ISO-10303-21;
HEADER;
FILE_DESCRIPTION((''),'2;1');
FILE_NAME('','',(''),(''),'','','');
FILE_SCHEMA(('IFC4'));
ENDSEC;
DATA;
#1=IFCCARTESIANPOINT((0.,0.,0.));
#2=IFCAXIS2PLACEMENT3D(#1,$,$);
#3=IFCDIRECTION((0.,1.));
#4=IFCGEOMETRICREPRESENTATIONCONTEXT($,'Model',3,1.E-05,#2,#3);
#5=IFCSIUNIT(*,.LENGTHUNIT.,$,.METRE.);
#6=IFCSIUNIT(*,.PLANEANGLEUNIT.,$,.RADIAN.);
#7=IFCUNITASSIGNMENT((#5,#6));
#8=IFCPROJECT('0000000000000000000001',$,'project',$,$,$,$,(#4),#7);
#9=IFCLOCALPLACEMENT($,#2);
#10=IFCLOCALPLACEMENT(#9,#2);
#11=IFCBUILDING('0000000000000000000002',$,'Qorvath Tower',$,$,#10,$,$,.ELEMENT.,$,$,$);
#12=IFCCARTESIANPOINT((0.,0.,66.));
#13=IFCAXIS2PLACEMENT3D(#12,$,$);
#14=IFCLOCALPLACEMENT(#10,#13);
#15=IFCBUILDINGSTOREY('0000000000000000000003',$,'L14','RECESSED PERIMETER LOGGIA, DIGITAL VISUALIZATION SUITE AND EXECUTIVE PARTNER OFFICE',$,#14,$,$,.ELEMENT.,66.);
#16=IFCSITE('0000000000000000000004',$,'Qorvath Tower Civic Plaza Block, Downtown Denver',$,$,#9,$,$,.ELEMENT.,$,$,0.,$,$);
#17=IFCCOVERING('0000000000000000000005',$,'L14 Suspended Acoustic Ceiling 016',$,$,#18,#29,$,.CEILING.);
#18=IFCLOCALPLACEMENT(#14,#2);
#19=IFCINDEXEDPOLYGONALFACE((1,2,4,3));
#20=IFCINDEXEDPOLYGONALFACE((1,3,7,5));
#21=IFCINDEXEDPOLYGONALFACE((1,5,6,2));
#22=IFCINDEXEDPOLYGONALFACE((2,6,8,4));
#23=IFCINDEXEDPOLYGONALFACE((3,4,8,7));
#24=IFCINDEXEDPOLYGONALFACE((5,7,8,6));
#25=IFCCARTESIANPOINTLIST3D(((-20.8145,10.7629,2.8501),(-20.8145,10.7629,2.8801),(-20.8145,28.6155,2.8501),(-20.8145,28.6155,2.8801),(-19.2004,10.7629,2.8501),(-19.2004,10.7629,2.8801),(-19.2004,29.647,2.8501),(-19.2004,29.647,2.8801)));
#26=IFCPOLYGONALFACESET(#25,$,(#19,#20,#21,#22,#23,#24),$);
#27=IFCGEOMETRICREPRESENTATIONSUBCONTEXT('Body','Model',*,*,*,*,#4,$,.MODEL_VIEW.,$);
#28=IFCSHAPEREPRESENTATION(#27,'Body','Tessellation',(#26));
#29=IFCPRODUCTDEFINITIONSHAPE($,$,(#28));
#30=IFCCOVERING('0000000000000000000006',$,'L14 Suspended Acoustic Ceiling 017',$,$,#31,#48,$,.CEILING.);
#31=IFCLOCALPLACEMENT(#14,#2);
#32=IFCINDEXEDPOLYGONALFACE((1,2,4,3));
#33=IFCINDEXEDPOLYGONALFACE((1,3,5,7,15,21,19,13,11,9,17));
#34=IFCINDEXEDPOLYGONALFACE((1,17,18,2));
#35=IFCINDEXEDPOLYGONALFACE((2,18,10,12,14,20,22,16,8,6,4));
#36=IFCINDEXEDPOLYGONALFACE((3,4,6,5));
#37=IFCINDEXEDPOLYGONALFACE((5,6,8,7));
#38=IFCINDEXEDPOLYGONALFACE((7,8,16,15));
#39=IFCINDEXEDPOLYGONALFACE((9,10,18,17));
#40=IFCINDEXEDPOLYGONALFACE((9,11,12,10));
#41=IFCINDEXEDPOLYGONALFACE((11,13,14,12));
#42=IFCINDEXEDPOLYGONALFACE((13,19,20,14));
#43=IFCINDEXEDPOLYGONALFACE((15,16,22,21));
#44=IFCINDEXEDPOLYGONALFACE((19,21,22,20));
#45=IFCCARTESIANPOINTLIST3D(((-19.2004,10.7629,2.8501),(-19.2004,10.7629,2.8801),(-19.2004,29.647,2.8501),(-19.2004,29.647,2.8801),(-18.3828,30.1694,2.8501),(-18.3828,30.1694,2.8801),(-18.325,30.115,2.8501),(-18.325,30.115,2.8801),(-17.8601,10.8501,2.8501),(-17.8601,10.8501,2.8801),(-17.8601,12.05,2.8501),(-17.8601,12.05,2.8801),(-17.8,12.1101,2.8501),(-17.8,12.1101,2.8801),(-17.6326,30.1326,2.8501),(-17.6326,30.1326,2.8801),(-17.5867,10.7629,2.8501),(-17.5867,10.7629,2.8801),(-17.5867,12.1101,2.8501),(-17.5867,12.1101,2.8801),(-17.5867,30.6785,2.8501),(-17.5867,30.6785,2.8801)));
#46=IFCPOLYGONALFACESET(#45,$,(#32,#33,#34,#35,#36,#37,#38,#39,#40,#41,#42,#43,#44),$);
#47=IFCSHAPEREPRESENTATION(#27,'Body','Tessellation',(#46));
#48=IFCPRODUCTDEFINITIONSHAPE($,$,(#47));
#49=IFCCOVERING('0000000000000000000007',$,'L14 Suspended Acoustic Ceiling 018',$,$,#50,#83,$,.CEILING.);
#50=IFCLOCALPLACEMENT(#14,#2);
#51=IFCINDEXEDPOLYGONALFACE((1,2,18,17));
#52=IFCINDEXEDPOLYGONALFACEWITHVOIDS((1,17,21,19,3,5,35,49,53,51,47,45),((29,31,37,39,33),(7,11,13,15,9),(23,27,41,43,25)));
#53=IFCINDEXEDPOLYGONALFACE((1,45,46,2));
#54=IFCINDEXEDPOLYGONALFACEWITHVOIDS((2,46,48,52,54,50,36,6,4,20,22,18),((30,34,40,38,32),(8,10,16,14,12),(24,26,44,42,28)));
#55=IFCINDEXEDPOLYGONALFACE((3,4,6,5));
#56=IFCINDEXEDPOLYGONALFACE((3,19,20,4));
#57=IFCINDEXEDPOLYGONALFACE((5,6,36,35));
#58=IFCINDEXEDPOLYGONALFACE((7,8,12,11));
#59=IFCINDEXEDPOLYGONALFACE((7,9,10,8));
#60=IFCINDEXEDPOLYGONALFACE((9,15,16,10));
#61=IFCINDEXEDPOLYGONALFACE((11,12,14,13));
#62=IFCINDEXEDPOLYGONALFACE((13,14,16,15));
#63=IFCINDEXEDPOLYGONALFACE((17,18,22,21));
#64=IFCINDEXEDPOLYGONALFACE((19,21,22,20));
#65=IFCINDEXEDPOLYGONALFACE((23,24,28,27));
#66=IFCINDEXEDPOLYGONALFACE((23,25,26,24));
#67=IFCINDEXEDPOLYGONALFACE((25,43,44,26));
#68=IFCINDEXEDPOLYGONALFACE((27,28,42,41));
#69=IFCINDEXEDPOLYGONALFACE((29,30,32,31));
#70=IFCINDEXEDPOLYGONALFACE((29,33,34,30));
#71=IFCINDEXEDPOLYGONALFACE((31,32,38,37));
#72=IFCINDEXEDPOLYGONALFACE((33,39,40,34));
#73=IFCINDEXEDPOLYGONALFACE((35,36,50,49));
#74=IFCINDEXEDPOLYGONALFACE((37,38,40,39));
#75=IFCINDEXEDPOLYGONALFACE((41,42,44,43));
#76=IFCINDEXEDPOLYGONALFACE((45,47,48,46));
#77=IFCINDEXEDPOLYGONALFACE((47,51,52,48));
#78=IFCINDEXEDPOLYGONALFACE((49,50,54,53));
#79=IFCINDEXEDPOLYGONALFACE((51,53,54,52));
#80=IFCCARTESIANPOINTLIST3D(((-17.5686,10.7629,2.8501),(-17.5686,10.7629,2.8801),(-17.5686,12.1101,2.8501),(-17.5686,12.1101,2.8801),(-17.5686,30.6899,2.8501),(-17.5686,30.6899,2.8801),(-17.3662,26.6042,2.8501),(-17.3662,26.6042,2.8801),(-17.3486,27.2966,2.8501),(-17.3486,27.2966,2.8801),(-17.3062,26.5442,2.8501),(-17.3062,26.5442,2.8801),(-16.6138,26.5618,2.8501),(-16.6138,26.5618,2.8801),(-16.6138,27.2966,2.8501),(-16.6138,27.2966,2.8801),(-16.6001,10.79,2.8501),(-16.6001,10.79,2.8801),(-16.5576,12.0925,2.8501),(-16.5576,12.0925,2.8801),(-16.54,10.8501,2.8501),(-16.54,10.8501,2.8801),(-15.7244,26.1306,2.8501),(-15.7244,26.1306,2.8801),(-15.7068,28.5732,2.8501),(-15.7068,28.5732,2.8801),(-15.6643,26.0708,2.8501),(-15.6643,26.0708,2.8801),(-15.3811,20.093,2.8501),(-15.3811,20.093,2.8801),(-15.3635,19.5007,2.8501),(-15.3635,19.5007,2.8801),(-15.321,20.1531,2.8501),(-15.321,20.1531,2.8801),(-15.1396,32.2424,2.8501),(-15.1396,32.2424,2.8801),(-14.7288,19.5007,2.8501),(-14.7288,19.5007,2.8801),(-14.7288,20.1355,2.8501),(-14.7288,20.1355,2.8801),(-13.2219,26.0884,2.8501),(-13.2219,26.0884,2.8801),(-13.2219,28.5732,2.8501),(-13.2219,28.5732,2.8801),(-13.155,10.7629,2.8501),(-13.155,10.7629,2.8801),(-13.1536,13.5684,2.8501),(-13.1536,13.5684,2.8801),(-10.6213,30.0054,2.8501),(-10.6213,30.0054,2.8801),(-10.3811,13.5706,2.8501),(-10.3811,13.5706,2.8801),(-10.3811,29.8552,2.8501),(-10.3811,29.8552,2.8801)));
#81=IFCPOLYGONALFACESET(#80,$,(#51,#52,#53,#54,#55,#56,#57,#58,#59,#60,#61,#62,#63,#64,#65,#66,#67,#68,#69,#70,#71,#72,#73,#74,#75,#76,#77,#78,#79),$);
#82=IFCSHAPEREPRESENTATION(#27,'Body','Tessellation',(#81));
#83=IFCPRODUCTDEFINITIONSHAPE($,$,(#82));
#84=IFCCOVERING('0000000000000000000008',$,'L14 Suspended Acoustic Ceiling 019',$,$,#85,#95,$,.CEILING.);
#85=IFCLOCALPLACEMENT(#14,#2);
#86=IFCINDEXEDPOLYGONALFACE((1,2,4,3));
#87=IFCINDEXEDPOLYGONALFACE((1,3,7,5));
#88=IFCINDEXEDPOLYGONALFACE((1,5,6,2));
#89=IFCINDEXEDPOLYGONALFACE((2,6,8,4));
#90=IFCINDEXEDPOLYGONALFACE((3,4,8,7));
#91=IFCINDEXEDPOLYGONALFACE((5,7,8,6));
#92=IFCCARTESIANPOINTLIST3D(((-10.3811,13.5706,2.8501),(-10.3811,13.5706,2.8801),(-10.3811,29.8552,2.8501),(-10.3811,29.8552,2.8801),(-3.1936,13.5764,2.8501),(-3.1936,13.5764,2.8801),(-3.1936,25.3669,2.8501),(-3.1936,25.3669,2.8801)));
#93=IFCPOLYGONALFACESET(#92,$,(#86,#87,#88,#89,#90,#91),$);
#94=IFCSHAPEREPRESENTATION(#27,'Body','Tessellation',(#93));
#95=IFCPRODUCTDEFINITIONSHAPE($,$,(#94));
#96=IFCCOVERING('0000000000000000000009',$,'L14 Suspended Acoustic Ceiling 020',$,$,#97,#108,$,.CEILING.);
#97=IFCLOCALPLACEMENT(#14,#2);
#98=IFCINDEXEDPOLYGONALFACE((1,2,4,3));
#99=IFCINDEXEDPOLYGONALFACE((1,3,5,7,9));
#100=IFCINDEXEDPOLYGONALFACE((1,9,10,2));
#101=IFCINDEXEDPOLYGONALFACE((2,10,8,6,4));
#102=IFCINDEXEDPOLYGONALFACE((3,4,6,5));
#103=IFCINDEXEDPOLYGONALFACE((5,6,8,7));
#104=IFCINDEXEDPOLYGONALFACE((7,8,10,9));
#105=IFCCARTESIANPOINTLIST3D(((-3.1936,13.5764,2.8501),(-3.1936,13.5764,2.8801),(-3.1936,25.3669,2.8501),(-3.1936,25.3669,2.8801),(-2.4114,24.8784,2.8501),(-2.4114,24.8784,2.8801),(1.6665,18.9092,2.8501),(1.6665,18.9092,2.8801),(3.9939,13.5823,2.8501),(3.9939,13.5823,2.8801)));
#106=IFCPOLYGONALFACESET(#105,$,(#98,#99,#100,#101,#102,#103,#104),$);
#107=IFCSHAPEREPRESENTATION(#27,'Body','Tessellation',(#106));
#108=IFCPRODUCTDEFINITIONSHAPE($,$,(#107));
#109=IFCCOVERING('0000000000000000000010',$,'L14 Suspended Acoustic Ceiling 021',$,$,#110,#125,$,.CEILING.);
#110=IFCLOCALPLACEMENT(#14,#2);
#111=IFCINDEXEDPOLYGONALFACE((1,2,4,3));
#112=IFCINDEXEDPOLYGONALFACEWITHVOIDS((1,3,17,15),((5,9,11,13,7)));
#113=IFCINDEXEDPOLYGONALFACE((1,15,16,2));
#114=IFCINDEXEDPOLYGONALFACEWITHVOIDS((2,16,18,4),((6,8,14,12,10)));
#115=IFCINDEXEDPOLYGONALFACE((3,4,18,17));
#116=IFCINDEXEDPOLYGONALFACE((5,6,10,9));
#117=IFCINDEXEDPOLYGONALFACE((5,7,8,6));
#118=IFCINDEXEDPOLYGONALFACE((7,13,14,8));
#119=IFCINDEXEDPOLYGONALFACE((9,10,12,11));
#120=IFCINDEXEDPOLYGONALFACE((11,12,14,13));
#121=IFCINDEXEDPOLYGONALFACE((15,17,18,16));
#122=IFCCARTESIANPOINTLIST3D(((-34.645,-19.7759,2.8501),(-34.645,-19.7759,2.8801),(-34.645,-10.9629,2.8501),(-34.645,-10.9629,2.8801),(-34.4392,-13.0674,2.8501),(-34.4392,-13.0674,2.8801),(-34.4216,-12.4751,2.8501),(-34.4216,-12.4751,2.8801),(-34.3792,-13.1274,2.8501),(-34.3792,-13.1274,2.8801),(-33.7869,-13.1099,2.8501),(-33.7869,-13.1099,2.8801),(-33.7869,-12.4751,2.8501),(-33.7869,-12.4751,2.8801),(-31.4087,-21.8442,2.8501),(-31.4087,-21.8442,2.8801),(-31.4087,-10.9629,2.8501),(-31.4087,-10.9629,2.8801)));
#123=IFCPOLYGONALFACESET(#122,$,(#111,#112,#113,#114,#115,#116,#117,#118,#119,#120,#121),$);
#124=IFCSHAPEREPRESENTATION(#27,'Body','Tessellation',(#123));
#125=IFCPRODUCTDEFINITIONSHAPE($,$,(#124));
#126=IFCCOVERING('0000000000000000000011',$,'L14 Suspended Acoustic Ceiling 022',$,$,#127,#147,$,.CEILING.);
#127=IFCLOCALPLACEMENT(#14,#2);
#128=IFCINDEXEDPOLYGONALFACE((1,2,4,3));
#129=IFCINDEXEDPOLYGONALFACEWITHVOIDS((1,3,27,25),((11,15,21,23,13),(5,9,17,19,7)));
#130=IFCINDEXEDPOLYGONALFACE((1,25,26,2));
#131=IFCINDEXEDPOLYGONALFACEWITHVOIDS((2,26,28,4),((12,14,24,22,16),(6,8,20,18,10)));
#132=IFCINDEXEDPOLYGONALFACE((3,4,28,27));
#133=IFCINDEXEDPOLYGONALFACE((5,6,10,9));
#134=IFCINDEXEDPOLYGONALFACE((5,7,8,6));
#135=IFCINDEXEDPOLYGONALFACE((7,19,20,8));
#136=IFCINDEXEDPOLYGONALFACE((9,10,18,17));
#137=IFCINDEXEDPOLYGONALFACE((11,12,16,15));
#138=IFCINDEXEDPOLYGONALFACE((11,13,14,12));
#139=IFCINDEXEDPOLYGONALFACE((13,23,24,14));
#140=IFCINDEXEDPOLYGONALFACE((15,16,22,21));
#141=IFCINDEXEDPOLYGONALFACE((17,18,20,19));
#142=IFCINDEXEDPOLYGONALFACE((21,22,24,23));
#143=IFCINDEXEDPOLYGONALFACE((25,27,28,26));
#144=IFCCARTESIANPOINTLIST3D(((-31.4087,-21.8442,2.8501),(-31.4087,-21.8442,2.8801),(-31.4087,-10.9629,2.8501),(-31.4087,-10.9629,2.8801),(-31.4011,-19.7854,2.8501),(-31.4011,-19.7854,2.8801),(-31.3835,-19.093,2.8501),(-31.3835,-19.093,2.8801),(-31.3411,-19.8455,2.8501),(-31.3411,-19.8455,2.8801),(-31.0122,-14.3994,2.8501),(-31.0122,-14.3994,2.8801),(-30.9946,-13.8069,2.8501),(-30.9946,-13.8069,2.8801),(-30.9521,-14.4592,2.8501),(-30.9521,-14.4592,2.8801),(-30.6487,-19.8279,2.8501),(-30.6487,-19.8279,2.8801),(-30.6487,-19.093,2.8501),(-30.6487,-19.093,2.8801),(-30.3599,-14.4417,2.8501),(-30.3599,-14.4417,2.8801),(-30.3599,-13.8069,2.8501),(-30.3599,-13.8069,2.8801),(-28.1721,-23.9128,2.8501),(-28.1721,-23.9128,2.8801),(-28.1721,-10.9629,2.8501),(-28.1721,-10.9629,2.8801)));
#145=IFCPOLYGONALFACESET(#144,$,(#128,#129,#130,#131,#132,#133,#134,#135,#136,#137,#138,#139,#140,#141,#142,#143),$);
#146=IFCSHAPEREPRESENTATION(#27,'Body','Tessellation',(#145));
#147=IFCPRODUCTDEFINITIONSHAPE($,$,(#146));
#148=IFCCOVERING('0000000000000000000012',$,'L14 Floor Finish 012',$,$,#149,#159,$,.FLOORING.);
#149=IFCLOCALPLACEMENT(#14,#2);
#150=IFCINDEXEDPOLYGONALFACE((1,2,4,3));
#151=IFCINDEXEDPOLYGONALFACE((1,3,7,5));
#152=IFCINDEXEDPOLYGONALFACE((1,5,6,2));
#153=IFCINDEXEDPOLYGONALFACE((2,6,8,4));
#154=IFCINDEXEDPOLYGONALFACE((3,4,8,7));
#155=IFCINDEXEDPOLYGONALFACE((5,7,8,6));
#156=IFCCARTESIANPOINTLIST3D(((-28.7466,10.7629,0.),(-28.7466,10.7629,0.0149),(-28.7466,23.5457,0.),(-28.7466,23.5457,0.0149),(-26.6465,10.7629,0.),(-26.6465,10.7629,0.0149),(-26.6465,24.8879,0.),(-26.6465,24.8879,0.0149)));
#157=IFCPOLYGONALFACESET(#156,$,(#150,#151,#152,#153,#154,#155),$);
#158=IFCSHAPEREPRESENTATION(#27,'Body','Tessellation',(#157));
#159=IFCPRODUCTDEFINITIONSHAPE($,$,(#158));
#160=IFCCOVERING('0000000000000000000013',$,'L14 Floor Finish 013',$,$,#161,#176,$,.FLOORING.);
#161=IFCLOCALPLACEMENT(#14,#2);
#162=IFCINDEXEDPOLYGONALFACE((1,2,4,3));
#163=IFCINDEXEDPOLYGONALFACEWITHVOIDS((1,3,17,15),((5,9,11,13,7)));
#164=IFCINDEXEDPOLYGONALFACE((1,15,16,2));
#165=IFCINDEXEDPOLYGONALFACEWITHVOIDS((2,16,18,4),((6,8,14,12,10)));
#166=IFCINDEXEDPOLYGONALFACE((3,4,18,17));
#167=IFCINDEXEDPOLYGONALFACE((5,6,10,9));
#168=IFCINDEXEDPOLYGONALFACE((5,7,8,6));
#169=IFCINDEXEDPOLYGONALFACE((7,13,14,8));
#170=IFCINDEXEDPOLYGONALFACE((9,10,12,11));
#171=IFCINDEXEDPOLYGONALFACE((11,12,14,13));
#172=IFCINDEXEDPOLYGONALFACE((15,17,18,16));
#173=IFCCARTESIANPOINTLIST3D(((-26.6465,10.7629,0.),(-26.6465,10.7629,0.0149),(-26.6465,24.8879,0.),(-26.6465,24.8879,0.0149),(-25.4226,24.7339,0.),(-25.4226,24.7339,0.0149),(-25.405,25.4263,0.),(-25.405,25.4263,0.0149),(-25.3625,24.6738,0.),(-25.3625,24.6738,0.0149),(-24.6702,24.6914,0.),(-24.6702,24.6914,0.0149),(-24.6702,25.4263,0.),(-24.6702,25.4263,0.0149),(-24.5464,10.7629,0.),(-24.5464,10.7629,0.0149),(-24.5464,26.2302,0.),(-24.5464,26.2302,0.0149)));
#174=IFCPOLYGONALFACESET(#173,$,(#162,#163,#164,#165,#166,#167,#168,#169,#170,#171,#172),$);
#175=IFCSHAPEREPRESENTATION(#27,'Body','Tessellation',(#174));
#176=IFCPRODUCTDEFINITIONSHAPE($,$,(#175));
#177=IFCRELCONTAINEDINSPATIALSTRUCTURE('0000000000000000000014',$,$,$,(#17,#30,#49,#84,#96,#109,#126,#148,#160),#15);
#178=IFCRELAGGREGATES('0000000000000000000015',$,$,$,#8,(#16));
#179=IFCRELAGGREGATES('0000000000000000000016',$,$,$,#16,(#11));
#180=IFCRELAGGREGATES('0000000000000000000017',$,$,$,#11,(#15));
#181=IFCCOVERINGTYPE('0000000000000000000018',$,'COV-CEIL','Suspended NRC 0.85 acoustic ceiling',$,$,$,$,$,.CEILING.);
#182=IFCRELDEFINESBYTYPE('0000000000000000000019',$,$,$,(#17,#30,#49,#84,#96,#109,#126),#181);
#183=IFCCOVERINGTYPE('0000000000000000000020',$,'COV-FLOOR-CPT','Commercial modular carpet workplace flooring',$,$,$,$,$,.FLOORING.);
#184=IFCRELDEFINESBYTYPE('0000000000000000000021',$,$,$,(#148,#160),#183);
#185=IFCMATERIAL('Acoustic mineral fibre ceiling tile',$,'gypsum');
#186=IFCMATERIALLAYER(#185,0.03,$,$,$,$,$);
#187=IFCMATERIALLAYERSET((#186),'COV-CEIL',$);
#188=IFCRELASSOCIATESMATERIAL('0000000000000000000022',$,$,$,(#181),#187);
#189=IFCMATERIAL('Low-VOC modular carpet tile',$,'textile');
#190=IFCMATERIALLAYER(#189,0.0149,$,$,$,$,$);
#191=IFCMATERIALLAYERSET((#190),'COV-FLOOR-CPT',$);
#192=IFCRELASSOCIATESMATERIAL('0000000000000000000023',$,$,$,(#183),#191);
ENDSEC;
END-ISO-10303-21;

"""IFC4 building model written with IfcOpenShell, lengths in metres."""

from ifc_helpers import new_model, si_unit, direction, frame, origin, place, context, subcontext, project, spatial, polyline, outline, extrude, material, layer, layer_set, type_object, element, save


model = new_model("IFC4")

# Units and contexts
model_context = context("Model", 3, precision=1e-05, world=origin(), true_north=direction((0.0, 1.0)))
body_context = subcontext(model_context, "Body", "Model", "MODEL_VIEW")
ifc_project = project(units=[si_unit("LENGTHUNIT", "METRE"), si_unit("PLANEANGLEUNIT", "RADIAN")], contexts=[model_context])

# Site, building, storey
site_placement = place(None, origin())
site = spatial("IfcSite", under=ifc_project, at=site_placement, Name="Qorvath Tower Civic Plaza Block, Downtown Denver", CompositionType="ELEMENT", RefElevation=0.0)
building_placement = place(site_placement, origin())
building = spatial("IfcBuilding", under=site, at=building_placement, Name="Qorvath Tower", CompositionType="ELEMENT")
storey_placement = place(building_placement, frame((0.0, 0.0, 66.0)))
storey = spatial("IfcBuildingStorey", under=building, at=storey_placement, Name="L14", Description="RECESSED PERIMETER LOGGIA, DIGITAL VISUALIZATION SUITE AND EXECUTIVE PARTNER OFFICE", CompositionType="ELEMENT", Elevation=66.0)

# Coverings
ifc_material_1 = material(Name="Acoustic mineral fibre ceiling tile", Category="gypsum")
ifc_layer_1 = layer(ifc_material_1, 0.03)
ifc_layer_set_1 = layer_set([ifc_layer_1], Name="COV-CEIL")
covering_type_1 = type_object("IfcCoveringType", Name="COV-CEIL", Description="Suspended NRC 0.85 acoustic ceiling", PredefinedType="CEILING", material=ifc_layer_set_1)
covering_1_placement = place(storey_placement, frame((0.0, 0.0, 2.8501)))
element("IfcCovering", 1, at=covering_1_placement, inside=storey, type_object=covering_type_1, Name="L14 Suspended Acoustic Ceiling 016", PredefinedType="CEILING", context=body_context, shape_type="SweptSolid", body=[
    extrude(outline(polyline([(-19.2004, 10.7629), (-19.2004, 29.647), (-20.8145, 28.6155), (-20.8145, 10.7629), (-19.2004, 10.7629)])), origin(), (0.0, 0.0, 1.0), 0.03),
])
covering_2_placement = place(storey_placement, frame((0.0, 0.0, 2.8501)))
element("IfcCovering", 2, at=covering_2_placement, inside=storey, type_object=covering_type_1, Name="L14 Suspended Acoustic Ceiling 017", PredefinedType="CEILING", context=body_context, shape_type="SweptSolid", body=[
    extrude(outline(polyline([(-17.5867, 12.1101), (-17.5867, 30.6785), (-17.6326, 30.1326), (-18.325, 30.115), (-18.3828, 30.1694), (-19.2004, 29.647), (-19.2004, 10.7629), (-17.5867, 10.7629), (-17.8601, 10.8501), (-17.8601, 12.05), (-17.8, 12.1101), (-17.5867, 12.1101)])), origin(), (0.0, 0.0, 1.0), 0.03),
])
covering_3_placement = place(storey_placement, frame((0.0, 0.0, 2.8501)))
element("IfcCovering", 3, at=covering_3_placement, inside=storey, type_object=covering_type_1, Name="L14 Suspended Acoustic Ceiling 018", PredefinedType="CEILING", context=body_context, shape_type="SweptSolid", body=[
    extrude(outline(polyline([(-13.1536, 13.5684), (-10.3811, 13.5706), (-10.3811, 29.8552), (-10.6213, 30.0054), (-15.1396, 32.2424), (-17.5686, 30.6899), (-17.5686, 12.1101), (-16.5576, 12.0925), (-16.54, 10.8501), (-16.6001, 10.79), (-17.5686, 10.7629), (-13.155, 10.7629), (-13.1536, 13.5684)]), holes=[polyline([(-15.7244, 26.1306), (-15.7068, 28.5732), (-13.2219, 28.5732), (-13.2219, 26.0884), (-15.6643, 26.0708), (-15.7244, 26.1306)]), polyline([(-15.3811, 20.093), (-15.321, 20.1531), (-14.7288, 20.1355), (-14.7288, 19.5007), (-15.3635, 19.5007), (-15.3811, 20.093)]), polyline([(-17.3662, 26.6042), (-17.3486, 27.2966), (-16.6138, 27.2966), (-16.6138, 26.5618), (-17.3062, 26.5442), (-17.3662, 26.6042)])]), origin(), (0.0, 0.0, 1.0), 0.03),
])
covering_4_placement = place(storey_placement, frame((0.0, 0.0, 2.8501)))
element("IfcCovering", 4, at=covering_4_placement, inside=storey, type_object=covering_type_1, Name="L14 Suspended Acoustic Ceiling 019", PredefinedType="CEILING", context=body_context, shape_type="SweptSolid", body=[
    extrude(outline(polyline([(-10.3811, 29.8552), (-10.3811, 13.5706), (-3.1936, 13.5764), (-3.1936, 25.3669), (-10.3811, 29.8552)])), origin(), (0.0, 0.0, 1.0), 0.03),
])
covering_5_placement = place(storey_placement, frame((0.0, 0.0, 2.8501)))
element("IfcCovering", 5, at=covering_5_placement, inside=storey, type_object=covering_type_1, Name="L14 Suspended Acoustic Ceiling 020", PredefinedType="CEILING", context=body_context, shape_type="SweptSolid", body=[
    extrude(outline(polyline([(-3.1936, 25.3669), (-3.1936, 13.5764), (3.9939, 13.5823), (1.6665, 18.9092), (-2.4114, 24.8784), (-3.1936, 25.3669)])), origin(), (0.0, 0.0, 1.0), 0.03),
])
covering_6_placement = place(storey_placement, frame((0.0, 0.0, 2.8501)))
element("IfcCovering", 6, at=covering_6_placement, inside=storey, type_object=covering_type_1, Name="L14 Suspended Acoustic Ceiling 021", PredefinedType="CEILING", context=body_context, shape_type="SweptSolid", body=[
    extrude(outline(polyline([(-34.645, -10.9629), (-34.645, -19.7759), (-31.4087, -21.8442), (-31.4087, -10.9629), (-34.645, -10.9629)]), holes=[polyline([(-34.4392, -13.0674), (-34.4216, -12.4751), (-33.7869, -12.4751), (-33.7869, -13.1099), (-34.3792, -13.1274), (-34.4392, -13.0674)])]), origin(), (0.0, 0.0, 1.0), 0.03),
])
covering_7_placement = place(storey_placement, frame((0.0, 0.0, 2.8501)))
element("IfcCovering", 7, at=covering_7_placement, inside=storey, type_object=covering_type_1, Name="L14 Suspended Acoustic Ceiling 022", PredefinedType="CEILING", context=body_context, shape_type="SweptSolid", body=[
    extrude(outline(polyline([(-31.4087, -10.9629), (-31.4087, -21.8442), (-28.1721, -23.9128), (-28.1721, -10.9629), (-31.4087, -10.9629)]), holes=[polyline([(-31.0122, -14.3994), (-30.9946, -13.8069), (-30.3599, -13.8069), (-30.3599, -14.4417), (-30.9521, -14.4592), (-31.0122, -14.3994)]), polyline([(-31.4011, -19.7854), (-31.3835, -19.093), (-30.6487, -19.093), (-30.6487, -19.8279), (-31.3411, -19.8455), (-31.4011, -19.7854)])]), origin(), (0.0, 0.0, 1.0), 0.03),
])
ifc_material_2 = material(Name="Low-VOC modular carpet tile", Category="textile")
ifc_layer_2 = layer(ifc_material_2, 0.0149)
ifc_layer_set_2 = layer_set([ifc_layer_2], Name="COV-FLOOR-CPT")
covering_type_2 = type_object("IfcCoveringType", Name="COV-FLOOR-CPT", Description="Commercial modular carpet workplace flooring", PredefinedType="FLOORING", material=ifc_layer_set_2)
covering_8_placement = place(storey_placement, origin())
element("IfcCovering", 8, at=covering_8_placement, inside=storey, type_object=covering_type_2, Name="L14 Floor Finish 012", PredefinedType="FLOORING", context=body_context, shape_type="SweptSolid", body=[
    extrude(outline(polyline([(-28.7466, 10.7629), (-26.6465, 10.7629), (-26.6465, 24.8879), (-28.7466, 23.5457), (-28.7466, 10.7629)])), origin(), (0.0, 0.0, 1.0), 0.0149),
])
covering_9_placement = place(storey_placement, origin())
element("IfcCovering", 9, at=covering_9_placement, inside=storey, type_object=covering_type_2, Name="L14 Floor Finish 013", PredefinedType="FLOORING", context=body_context, shape_type="SweptSolid", body=[
    extrude(outline(polyline([(-26.6465, 24.8879), (-26.6465, 10.7629), (-24.5464, 10.7629), (-24.5464, 26.2302), (-26.6465, 24.8879)]), holes=[polyline([(-25.4226, 24.7339), (-25.405, 25.4263), (-24.6702, 25.4263), (-24.6702, 24.6914), (-25.3625, 24.6738), (-25.4226, 24.7339)])]), origin(), (0.0, 0.0, 1.0), 0.0149),
])

save(model, "model.ifc")
